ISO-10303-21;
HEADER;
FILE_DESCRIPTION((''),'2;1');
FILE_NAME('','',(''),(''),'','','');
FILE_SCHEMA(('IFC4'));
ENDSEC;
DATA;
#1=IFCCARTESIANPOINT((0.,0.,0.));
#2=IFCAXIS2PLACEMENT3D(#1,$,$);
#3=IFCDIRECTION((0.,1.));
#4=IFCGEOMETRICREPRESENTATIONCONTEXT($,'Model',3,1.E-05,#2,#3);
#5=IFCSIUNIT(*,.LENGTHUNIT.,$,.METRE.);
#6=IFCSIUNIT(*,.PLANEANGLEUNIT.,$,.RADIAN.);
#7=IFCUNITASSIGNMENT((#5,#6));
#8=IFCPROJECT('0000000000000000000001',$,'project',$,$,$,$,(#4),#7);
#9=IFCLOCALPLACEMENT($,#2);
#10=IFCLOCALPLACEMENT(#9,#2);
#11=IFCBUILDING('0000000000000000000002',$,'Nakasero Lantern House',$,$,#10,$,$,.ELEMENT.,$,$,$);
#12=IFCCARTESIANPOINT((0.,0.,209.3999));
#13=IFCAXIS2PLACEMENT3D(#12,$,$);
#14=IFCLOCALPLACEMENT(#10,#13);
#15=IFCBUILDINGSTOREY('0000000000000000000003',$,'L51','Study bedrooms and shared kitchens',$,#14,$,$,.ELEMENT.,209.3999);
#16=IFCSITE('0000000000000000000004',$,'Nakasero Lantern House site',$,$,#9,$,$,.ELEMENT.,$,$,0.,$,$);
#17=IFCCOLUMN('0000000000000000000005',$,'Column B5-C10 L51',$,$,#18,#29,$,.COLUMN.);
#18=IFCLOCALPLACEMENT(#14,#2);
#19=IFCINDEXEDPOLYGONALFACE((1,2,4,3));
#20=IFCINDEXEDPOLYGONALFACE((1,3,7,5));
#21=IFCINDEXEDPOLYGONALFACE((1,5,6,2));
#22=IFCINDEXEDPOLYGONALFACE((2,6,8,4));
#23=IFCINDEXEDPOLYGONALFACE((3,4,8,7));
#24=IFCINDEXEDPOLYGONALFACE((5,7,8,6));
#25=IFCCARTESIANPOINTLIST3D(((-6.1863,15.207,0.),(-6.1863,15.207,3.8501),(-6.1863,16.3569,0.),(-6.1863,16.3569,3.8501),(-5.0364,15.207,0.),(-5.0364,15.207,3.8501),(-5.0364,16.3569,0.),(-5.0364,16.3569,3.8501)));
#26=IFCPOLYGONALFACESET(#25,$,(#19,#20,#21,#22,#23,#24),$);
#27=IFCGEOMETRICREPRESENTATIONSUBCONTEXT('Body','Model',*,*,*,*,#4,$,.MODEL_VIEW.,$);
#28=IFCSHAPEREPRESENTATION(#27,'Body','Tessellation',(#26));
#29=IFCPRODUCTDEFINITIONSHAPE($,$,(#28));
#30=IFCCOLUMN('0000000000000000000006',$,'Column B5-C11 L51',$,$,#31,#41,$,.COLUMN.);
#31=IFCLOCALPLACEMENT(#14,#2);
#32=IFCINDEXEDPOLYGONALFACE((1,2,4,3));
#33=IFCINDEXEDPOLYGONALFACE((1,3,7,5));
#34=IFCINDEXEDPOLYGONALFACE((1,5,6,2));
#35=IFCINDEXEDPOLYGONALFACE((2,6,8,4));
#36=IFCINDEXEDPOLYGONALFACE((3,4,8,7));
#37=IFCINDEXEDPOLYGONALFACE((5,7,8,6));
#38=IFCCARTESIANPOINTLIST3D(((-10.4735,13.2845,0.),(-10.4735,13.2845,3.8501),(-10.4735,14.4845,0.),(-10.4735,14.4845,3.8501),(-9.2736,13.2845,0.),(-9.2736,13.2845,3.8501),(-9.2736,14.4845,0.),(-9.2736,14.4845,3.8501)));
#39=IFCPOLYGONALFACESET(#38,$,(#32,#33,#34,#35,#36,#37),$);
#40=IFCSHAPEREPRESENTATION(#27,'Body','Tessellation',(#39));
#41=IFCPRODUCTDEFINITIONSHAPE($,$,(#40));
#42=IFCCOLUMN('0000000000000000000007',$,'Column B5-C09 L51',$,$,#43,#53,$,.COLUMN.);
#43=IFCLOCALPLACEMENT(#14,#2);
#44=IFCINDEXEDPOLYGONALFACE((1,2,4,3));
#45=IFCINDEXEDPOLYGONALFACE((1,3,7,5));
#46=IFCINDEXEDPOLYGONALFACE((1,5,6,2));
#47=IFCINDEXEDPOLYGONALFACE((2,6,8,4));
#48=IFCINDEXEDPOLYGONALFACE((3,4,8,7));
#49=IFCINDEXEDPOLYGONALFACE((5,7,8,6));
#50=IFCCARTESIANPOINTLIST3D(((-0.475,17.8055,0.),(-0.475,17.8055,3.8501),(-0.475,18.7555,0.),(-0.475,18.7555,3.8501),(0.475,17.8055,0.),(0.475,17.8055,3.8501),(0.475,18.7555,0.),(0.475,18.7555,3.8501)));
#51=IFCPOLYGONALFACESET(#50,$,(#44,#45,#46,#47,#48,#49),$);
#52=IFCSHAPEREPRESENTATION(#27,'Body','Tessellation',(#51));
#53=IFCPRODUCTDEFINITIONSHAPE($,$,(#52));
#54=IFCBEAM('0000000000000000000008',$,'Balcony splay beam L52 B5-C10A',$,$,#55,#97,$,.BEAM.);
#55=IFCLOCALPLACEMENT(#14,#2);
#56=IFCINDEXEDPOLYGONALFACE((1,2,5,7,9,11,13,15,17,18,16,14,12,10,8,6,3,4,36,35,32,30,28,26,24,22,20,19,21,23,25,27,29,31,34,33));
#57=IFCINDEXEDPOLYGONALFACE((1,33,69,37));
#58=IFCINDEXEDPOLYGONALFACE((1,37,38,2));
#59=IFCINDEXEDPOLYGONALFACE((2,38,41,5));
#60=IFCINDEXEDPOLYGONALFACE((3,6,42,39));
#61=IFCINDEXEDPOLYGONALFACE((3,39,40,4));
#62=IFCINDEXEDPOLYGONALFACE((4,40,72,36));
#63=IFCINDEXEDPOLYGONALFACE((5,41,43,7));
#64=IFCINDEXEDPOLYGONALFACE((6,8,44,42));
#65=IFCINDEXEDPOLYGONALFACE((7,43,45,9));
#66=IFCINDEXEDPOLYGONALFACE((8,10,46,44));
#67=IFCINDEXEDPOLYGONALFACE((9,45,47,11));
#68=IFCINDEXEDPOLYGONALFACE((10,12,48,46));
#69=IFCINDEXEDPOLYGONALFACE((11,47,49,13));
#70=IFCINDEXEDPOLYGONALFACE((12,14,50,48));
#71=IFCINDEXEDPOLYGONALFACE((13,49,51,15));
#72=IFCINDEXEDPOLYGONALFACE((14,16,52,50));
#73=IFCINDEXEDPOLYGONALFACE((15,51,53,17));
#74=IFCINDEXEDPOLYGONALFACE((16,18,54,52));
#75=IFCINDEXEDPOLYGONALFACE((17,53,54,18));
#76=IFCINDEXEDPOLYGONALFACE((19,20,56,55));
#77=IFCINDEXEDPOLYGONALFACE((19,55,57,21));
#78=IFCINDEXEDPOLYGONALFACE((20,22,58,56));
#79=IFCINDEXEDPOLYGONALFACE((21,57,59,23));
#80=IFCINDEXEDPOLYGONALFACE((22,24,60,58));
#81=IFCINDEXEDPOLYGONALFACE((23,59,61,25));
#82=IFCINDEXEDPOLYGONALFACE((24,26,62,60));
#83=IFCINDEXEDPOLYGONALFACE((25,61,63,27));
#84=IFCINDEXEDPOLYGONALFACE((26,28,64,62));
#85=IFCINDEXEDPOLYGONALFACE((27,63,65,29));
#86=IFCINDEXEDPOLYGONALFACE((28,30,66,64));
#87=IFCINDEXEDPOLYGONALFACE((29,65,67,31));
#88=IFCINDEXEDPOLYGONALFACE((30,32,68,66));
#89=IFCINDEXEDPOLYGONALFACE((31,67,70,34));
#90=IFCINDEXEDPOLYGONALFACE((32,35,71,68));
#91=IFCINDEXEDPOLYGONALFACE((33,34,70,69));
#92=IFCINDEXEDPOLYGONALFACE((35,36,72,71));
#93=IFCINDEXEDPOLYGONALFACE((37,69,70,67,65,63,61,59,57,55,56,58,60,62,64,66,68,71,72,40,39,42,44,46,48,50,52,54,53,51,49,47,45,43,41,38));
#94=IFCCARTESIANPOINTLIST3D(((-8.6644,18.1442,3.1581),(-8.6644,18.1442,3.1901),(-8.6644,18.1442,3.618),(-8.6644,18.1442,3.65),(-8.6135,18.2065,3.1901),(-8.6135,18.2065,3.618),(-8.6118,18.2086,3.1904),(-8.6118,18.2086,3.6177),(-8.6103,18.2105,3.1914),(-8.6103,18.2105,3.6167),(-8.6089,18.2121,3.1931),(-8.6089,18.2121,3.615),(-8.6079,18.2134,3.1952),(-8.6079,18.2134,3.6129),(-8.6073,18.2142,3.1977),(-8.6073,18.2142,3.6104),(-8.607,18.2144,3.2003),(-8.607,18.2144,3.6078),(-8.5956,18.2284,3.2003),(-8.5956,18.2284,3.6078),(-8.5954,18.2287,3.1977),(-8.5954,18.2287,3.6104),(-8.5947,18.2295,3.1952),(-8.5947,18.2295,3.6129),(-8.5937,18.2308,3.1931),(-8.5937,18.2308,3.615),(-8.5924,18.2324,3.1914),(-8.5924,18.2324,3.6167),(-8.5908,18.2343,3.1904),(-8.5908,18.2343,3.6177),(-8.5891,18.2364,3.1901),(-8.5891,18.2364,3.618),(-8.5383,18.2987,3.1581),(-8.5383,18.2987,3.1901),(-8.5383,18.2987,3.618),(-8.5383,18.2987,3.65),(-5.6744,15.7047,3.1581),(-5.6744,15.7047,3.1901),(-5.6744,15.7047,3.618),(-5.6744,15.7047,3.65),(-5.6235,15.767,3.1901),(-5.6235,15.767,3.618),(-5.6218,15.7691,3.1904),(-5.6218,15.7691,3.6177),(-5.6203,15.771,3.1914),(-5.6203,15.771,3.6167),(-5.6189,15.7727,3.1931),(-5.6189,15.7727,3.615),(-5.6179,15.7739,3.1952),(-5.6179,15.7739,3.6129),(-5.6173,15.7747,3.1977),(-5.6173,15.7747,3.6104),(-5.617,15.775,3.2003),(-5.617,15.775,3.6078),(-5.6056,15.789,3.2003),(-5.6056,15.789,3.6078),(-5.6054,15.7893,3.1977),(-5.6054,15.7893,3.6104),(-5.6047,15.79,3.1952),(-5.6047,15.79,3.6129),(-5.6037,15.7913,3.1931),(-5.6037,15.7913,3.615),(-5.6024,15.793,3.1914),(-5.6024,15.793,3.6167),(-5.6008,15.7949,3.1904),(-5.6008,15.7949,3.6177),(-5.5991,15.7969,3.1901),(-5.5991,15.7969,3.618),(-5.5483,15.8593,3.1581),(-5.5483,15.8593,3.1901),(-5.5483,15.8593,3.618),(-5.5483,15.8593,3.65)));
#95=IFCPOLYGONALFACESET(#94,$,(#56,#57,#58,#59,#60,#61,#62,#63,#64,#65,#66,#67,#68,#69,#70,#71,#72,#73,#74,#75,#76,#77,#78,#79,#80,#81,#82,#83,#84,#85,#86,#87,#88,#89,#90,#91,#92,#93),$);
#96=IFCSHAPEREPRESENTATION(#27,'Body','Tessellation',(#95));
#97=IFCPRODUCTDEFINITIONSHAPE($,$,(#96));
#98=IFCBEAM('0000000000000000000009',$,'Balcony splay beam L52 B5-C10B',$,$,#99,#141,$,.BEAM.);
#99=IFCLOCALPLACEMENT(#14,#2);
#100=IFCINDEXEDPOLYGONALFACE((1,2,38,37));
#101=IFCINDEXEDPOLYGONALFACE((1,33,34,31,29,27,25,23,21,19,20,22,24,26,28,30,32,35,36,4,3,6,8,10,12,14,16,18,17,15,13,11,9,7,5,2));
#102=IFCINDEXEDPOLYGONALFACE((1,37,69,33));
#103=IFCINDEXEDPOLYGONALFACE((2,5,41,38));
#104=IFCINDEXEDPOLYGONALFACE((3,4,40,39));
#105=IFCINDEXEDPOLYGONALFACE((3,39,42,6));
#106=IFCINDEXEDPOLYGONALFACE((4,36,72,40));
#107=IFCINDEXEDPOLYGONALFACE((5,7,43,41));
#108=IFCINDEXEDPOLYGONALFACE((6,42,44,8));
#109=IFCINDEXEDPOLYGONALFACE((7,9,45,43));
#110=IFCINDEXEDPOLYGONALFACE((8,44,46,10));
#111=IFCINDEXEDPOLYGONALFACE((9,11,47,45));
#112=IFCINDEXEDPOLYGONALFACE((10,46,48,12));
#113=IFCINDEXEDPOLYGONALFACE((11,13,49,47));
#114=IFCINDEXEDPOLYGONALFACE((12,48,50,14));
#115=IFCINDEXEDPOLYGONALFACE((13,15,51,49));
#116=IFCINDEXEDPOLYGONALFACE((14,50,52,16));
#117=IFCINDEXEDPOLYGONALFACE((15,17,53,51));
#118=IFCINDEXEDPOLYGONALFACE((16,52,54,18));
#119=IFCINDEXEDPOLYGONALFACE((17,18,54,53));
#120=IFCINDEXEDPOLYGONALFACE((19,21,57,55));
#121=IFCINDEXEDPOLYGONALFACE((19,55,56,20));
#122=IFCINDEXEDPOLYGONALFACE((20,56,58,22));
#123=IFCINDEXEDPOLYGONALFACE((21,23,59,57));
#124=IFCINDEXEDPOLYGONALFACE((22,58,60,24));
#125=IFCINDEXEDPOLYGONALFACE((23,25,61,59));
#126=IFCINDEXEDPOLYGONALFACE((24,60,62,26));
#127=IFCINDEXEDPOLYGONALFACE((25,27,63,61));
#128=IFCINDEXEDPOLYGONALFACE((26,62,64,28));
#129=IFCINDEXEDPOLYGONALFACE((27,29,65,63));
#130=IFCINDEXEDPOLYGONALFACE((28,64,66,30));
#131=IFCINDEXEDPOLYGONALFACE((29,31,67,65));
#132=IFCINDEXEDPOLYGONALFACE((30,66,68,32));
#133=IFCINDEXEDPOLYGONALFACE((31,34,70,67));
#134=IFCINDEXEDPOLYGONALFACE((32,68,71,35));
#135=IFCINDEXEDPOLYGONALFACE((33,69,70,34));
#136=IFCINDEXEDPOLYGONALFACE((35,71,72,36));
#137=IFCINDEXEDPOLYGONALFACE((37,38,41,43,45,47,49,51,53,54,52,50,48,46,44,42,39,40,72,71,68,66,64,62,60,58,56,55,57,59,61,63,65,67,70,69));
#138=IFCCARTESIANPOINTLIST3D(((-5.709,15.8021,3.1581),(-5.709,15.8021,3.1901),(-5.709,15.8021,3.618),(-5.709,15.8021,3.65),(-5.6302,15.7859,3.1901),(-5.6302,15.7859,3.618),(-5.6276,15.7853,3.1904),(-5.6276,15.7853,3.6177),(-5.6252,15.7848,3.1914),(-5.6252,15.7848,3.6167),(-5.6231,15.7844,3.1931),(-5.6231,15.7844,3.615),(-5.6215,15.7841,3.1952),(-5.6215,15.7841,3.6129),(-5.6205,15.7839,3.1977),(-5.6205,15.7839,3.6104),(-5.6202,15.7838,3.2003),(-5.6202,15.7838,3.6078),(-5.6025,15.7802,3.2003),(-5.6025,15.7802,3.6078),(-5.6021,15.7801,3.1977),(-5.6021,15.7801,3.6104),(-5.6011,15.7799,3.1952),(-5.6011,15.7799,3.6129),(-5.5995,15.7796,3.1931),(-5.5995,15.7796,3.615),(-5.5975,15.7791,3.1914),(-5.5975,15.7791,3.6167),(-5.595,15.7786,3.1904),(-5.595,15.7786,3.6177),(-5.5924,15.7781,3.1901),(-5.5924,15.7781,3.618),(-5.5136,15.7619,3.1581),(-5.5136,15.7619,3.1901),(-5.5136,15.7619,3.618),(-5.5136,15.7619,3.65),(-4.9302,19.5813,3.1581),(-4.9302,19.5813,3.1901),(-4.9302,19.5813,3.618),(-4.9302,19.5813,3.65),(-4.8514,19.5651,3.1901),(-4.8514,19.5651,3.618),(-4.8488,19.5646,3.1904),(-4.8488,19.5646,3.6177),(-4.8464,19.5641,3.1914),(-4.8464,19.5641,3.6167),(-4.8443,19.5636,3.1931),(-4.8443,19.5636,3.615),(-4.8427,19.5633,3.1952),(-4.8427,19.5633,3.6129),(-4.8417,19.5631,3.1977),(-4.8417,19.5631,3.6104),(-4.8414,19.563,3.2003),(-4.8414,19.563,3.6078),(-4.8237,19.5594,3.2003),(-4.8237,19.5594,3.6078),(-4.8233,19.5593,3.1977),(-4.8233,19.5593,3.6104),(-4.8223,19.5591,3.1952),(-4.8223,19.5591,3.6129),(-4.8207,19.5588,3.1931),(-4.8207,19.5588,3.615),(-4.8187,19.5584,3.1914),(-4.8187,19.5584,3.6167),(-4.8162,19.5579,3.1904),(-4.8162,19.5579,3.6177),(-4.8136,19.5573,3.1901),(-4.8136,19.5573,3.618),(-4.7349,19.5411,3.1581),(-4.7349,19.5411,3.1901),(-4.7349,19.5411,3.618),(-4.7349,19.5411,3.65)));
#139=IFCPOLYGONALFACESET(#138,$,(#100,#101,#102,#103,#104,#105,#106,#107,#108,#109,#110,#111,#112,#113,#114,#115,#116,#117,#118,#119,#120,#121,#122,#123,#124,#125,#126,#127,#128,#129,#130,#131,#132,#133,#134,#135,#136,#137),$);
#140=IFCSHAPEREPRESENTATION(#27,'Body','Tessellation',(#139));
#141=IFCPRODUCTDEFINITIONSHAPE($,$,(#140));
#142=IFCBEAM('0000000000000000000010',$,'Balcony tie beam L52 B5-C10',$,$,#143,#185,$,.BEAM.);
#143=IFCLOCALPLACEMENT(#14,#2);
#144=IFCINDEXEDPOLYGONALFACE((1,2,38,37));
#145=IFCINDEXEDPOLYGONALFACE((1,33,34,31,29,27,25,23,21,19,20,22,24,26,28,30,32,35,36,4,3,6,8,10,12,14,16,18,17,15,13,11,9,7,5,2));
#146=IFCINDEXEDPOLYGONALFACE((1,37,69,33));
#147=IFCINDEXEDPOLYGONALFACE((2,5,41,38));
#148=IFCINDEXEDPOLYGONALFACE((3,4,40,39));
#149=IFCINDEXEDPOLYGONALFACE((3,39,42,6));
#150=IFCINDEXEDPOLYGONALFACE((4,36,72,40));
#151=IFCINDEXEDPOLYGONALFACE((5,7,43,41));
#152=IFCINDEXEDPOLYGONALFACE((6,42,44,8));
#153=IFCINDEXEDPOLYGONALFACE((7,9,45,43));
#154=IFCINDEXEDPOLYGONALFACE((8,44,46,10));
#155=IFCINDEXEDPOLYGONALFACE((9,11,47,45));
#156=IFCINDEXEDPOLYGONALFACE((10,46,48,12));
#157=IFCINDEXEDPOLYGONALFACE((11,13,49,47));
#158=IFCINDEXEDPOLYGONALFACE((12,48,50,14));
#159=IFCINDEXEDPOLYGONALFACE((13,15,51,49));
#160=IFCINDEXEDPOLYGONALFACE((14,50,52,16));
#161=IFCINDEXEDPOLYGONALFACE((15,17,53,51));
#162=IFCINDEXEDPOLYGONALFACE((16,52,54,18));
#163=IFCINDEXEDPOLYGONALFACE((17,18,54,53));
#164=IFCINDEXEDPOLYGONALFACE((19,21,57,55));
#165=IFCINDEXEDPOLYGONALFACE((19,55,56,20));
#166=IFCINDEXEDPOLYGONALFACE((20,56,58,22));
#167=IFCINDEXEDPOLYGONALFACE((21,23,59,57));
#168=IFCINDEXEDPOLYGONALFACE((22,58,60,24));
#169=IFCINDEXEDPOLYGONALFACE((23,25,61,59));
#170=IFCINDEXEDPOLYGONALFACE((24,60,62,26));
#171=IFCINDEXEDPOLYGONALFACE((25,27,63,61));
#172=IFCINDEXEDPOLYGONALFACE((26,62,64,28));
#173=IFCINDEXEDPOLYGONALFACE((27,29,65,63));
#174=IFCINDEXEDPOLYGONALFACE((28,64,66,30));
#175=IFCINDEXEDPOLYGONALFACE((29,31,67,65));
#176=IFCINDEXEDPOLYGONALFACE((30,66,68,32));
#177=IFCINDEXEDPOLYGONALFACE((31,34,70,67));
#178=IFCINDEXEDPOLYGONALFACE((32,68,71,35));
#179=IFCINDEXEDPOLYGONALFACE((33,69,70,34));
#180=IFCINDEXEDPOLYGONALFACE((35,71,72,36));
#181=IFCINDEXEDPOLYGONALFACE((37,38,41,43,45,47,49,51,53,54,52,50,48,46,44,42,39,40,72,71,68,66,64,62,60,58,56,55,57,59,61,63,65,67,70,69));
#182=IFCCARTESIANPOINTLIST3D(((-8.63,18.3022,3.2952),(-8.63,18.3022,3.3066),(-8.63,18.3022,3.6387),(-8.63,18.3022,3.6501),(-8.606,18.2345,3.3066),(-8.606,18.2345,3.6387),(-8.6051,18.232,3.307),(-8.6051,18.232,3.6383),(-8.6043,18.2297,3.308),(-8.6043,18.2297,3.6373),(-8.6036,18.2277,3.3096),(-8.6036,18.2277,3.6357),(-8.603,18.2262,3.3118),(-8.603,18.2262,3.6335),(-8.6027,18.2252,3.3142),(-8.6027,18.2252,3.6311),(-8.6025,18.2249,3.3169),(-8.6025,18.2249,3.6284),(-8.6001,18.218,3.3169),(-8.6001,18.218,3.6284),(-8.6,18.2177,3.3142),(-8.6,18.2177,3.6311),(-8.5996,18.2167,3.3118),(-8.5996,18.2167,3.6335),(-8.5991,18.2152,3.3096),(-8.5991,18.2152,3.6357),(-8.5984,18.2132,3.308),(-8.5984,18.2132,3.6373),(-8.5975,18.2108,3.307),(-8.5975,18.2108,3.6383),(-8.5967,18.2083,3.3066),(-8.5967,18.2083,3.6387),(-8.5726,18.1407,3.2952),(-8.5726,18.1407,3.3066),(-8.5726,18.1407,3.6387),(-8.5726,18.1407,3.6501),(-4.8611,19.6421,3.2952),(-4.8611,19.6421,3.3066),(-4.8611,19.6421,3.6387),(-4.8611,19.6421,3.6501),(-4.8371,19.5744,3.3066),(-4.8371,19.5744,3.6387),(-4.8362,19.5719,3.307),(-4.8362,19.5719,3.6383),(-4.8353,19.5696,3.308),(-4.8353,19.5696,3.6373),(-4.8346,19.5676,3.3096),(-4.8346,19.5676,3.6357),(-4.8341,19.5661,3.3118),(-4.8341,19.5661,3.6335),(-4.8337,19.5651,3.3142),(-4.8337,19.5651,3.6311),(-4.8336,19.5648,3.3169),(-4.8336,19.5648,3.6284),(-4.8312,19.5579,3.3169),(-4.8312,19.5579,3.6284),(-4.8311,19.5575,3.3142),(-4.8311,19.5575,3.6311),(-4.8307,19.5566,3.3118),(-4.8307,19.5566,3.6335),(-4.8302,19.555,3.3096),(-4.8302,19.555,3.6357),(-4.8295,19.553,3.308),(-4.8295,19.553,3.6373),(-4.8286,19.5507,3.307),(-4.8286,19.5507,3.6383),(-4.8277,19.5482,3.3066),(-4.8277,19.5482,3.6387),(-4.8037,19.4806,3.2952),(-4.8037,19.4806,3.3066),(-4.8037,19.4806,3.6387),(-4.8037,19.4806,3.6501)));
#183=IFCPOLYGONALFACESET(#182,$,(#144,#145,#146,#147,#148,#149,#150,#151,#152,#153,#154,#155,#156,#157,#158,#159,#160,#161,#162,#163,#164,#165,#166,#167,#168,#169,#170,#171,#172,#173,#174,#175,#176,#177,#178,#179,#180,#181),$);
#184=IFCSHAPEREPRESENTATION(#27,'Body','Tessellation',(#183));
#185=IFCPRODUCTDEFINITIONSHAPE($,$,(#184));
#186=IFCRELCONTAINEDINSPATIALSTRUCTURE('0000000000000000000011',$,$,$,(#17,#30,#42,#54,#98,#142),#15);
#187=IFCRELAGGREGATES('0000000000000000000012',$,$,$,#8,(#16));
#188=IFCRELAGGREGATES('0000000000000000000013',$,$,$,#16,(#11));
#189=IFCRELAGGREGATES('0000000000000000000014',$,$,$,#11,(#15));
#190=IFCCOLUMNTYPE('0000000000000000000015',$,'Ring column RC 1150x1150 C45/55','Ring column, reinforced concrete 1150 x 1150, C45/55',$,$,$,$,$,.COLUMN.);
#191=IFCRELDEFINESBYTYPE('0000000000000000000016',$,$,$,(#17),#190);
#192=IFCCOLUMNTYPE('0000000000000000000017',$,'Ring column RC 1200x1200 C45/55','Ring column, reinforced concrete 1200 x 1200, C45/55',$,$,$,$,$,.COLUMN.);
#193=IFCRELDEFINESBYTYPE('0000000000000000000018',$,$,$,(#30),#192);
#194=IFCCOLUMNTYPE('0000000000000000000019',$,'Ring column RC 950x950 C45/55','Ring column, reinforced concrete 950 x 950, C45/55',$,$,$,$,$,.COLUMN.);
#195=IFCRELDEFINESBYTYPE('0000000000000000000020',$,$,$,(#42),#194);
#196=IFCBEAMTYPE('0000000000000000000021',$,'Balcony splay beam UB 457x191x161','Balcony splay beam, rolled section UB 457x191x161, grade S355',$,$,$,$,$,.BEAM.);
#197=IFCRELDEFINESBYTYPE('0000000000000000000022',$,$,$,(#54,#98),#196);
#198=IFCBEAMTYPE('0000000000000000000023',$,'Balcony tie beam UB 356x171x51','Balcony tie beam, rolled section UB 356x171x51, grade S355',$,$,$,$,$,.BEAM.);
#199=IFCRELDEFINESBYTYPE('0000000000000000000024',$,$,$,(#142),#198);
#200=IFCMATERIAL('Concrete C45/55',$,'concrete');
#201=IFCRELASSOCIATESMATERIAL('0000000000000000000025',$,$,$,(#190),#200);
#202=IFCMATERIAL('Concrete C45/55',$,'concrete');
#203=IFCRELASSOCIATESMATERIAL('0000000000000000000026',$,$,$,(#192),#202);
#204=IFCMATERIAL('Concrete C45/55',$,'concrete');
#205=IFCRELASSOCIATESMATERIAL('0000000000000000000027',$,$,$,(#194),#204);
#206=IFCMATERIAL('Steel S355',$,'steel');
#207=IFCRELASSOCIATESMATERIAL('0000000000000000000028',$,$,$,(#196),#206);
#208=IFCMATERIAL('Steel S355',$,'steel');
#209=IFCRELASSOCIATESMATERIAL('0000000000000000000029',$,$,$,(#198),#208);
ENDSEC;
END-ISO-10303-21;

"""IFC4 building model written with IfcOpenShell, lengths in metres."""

from ifc_helpers import new_model, si_unit, direction, frame, origin, origin_2d, place, context, subcontext, project, spatial, rectangle, i_section, extrude, material, material_profile, profile_set, type_object, element, save


model = new_model("IFC4")

# Units and contexts
model_context = context("Model", 3, precision=1e-05, world=origin(), true_north=direction((0.0, 1.0)))
body_context = subcontext(model_context, "Body", "Model", "MODEL_VIEW")
ifc_project = project(units=[si_unit("LENGTHUNIT", "METRE"), si_unit("PLANEANGLEUNIT", "RADIAN")], contexts=[model_context])

# Site, building, storey
site_placement = place(None, origin())
site = spatial("IfcSite", under=ifc_project, at=site_placement, Name="Nakasero Lantern House site", CompositionType="ELEMENT", RefElevation=0.0)
building_placement = place(site_placement, origin())
building = spatial("IfcBuilding", under=site, at=building_placement, Name="Nakasero Lantern House", CompositionType="ELEMENT")
storey_placement = place(building_placement, frame((0.0, 0.0, 209.3999)))
storey = spatial("IfcBuildingStorey", under=building, at=storey_placement, Name="L51", Description="Study bedrooms and shared kitchens", CompositionType="ELEMENT", Elevation=209.3999)

# Columns
ifc_material_1 = material(Name="Concrete C45/55", Category="concrete")
ifc_material_profile_1 = material_profile(ifc_material_1, rectangle(XDim=1.1499, YDim=1.1499, at=origin_2d()), Name="RC 1150x1150")
ifc_profile_set_1 = profile_set([ifc_material_profile_1], Name="Concrete C45/55")
column_type_1 = type_object("IfcColumnType", Name="Ring column RC 1150x1150 C45/55", Description="Ring column, reinforced concrete 1150 x 1150, C45/55", PredefinedType="COLUMN", material=ifc_profile_set_1)
column_1_placement = place(storey_placement, frame((-5.6113, 15.782, 0.0), z_axis=(0.0, 0.0, 1.0), x_axis=(1.0, 0.0, 0.0)))
element("IfcColumn", 1, at=column_1_placement, inside=storey, type_object=column_type_1, Name="Column B5-C10 L51", PredefinedType="COLUMN", context=body_context, shape_type="SweptSolid", body=[
    extrude(rectangle(XDim=1.1499, YDim=1.1499, at=origin_2d()), origin(), (0.0, 0.0, 1.0), 3.8501),
])
ifc_material_2 = material(Name="Concrete C45/55", Category="concrete")
ifc_material_profile_2 = material_profile(ifc_material_2, rectangle(XDim=1.2, YDim=1.2, at=origin_2d()), Name="RC 1200x1200")
ifc_profile_set_2 = profile_set([ifc_material_profile_2], Name="Concrete C45/55")
column_type_2 = type_object("IfcColumnType", Name="Ring column RC 1200x1200 C45/55", Description="Ring column, reinforced concrete 1200 x 1200, C45/55", PredefinedType="COLUMN", material=ifc_profile_set_2)
column_2_placement = place(storey_placement, frame((-9.8735, 13.8845, 0.0), z_axis=(0.0, 0.0, 1.0), x_axis=(1.0, 0.0, 0.0)))
element("IfcColumn", 2, at=column_2_placement, inside=storey, type_object=column_type_2, Name="Column B5-C11 L51", PredefinedType="COLUMN", context=body_context, shape_type="SweptSolid", body=[
    extrude(rectangle(XDim=1.2, YDim=1.2, at=origin_2d()), origin(), (0.0, 0.0, 1.0), 3.8501),
])
ifc_material_3 = material(Name="Concrete C45/55", Category="concrete")
ifc_material_profile_3 = material_profile(ifc_material_3, rectangle(XDim=0.95, YDim=0.95, at=origin_2d()), Name="RC 950x950")
ifc_profile_set_3 = profile_set([ifc_material_profile_3], Name="Concrete C45/55")
column_type_3 = type_object("IfcColumnType", Name="Ring column RC 950x950 C45/55", Description="Ring column, reinforced concrete 950 x 950, C45/55", PredefinedType="COLUMN", material=ifc_profile_set_3)
column_3_placement = place(storey_placement, frame((0.0, 18.2805, 0.0), z_axis=(0.0, 0.0, 1.0), x_axis=(1.0, 0.0, 0.0)))
element("IfcColumn", 3, at=column_3_placement, inside=storey, type_object=column_type_3, Name="Column B5-C09 L51", PredefinedType="COLUMN", context=body_context, shape_type="SweptSolid", body=[
    extrude(rectangle(XDim=0.95, YDim=0.95, at=origin_2d()), origin(), (0.0, 0.0, 1.0), 3.8501),
])

# Beams
ifc_material_4 = material(Name="Steel S355", Category="steel")
ifc_material_profile_4 = material_profile(ifc_material_4, i_section(OverallWidth=0.1995, OverallDepth=0.4919, WebThickness=0.0181, FlangeThickness=0.032, FilletRadius=0.0103, at=origin_2d()), Name="UB 457x191x161")
ifc_profile_set_4 = profile_set([ifc_material_profile_4], Name="Steel S355")
beam_type_1 = type_object("IfcBeamType", Name="Balcony splay beam UB 457x191x161", Description="Balcony splay beam, rolled section UB 457x191x161, grade S355", PredefinedType="BEAM", material=ifc_profile_set_4)
beam_1_placement = place(storey_placement, frame((-5.6113, 15.782, 3.4041), z_axis=(-0.774833, 0.632166, 0.0), x_axis=(-0.632166, -0.774833, 0.0)))
element("IfcBeam", 4, at=beam_1_placement, inside=storey, type_object=beam_type_1, Name="Balcony splay beam L52 B5-C10A", PredefinedType="BEAM", context=body_context, shape_type="SweptSolid", body=[
    extrude(i_section(OverallWidth=0.1995, OverallDepth=0.4919, WebThickness=0.0181, FlangeThickness=0.032, FilletRadius=0.0103, at=origin_2d()), origin(), (0.0, 0.0, 1.0), 3.8589),
])
beam_2_placement = place(storey_placement, frame((-5.6113, 15.782, 3.4041), z_axis=(0.201831, 0.97942, 0.0), x_axis=(-0.97942, 0.201831, 0.0)))
element("IfcBeam", 5, at=beam_2_placement, inside=storey, type_object=beam_type_1, Name="Balcony splay beam L52 B5-C10B", PredefinedType="BEAM", context=body_context, shape_type="SweptSolid", body=[
    extrude(i_section(OverallWidth=0.1995, OverallDepth=0.4919, WebThickness=0.0181, FlangeThickness=0.032, FilletRadius=0.0103, at=origin_2d()), origin(), (0.0, 0.0, 1.0), 3.8586),
])
ifc_material_5 = material(Name="Steel S355", Category="steel")
ifc_material_profile_5 = material_profile(ifc_material_5, i_section(OverallWidth=0.1714, OverallDepth=0.355, WebThickness=0.0073, FlangeThickness=0.0115, FilletRadius=0.0103, at=origin_2d()), Name="UB 356x171x51")
ifc_profile_set_5 = profile_set([ifc_material_profile_5], Name="Steel S355")
beam_type_2 = type_object("IfcBeamType", Name="Balcony tie beam UB 356x171x51", Description="Balcony tie beam, rolled section UB 356x171x51, grade S355", PredefinedType="BEAM", material=ifc_profile_set_5)
beam_3_placement = place(storey_placement, frame((-8.6013, 18.2214, 3.4727), z_axis=(0.942228, 0.334971, 0.0), x_axis=(-0.334971, 0.942228, 0.0)))
element("IfcBeam", 6, at=beam_3_placement, inside=storey, type_object=beam_type_2, Name="Balcony tie beam L52 B5-C10", PredefinedType="BEAM", context=body_context, shape_type="SweptSolid", body=[
    extrude(i_section(OverallWidth=0.1714, OverallDepth=0.355, WebThickness=0.0073, FlangeThickness=0.0115, FilletRadius=0.0103, at=origin_2d()), origin(), (0.0, 0.0, 1.0), 4.0),
])

save(model, "model.ifc")
